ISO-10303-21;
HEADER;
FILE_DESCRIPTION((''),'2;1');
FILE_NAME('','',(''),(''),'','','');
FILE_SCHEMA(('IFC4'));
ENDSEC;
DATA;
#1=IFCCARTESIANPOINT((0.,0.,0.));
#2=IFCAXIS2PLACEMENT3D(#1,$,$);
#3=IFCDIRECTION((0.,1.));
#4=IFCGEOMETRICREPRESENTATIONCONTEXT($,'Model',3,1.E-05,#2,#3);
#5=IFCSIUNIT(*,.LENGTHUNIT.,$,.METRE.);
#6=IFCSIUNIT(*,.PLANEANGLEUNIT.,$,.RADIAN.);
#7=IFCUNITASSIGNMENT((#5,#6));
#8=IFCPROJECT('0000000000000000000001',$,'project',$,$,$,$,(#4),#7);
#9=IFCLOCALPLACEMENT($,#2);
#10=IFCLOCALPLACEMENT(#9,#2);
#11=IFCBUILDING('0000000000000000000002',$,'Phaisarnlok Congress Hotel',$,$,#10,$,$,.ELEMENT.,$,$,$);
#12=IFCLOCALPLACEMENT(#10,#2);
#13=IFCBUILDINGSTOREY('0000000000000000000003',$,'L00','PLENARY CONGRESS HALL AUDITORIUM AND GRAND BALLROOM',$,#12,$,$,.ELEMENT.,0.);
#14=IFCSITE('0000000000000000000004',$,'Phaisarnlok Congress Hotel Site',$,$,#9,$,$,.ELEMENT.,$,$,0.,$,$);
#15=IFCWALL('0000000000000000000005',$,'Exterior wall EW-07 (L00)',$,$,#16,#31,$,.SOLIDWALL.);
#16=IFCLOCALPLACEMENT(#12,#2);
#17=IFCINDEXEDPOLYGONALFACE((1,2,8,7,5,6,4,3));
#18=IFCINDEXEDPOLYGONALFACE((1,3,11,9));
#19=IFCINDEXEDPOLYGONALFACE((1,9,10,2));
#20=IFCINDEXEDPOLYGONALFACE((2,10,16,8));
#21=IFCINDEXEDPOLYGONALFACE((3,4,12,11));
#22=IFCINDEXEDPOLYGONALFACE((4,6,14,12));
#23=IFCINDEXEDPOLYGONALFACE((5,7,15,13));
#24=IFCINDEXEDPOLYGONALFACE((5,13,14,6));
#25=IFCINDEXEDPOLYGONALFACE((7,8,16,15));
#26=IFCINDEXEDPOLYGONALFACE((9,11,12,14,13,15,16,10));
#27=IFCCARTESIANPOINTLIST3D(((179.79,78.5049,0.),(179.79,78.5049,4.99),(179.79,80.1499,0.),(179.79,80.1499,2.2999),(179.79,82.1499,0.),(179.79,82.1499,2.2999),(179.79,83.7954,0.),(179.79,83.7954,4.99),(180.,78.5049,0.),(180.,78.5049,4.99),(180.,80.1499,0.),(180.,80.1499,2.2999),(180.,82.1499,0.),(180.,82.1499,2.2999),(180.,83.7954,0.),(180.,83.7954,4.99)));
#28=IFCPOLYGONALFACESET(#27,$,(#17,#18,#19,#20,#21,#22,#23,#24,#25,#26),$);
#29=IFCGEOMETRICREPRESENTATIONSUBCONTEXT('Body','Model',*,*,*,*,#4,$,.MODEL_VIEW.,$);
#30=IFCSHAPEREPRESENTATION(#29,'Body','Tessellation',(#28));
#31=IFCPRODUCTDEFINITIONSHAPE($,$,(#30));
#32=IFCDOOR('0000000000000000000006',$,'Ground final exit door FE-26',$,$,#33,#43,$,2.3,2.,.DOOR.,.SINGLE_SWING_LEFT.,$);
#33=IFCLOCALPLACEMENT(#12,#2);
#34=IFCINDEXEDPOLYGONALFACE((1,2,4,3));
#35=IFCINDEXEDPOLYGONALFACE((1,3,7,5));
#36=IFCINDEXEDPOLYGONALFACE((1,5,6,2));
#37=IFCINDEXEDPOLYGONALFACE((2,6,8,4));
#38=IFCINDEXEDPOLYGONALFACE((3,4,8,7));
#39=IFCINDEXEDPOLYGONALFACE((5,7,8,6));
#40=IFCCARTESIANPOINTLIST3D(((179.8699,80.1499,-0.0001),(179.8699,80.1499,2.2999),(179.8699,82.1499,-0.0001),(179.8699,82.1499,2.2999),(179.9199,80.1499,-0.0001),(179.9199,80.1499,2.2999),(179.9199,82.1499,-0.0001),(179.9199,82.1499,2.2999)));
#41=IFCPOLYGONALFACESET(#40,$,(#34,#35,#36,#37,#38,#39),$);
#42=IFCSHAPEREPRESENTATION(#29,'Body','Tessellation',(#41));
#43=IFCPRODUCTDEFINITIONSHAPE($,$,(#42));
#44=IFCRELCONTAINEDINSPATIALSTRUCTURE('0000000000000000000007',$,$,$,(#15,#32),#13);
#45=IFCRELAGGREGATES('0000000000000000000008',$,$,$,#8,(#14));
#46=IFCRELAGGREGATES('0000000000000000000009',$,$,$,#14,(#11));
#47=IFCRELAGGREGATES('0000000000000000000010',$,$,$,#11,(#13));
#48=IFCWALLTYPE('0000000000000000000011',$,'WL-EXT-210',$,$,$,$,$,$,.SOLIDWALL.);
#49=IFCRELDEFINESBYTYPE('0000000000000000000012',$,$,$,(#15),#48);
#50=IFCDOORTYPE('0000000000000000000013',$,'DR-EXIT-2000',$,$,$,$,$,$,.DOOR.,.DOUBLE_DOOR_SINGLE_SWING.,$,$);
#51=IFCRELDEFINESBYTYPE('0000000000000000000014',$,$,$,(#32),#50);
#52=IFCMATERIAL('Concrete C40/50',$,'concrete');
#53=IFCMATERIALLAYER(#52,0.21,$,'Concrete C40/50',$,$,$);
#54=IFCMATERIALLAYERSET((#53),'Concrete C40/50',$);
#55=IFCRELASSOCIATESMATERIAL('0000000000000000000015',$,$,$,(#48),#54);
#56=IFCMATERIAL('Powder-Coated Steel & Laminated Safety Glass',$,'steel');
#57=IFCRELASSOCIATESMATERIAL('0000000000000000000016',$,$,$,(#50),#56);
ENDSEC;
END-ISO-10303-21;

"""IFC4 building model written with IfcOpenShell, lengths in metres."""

from ifc_helpers import new_model, si_unit, direction, frame, frame_2d, origin, place, context, subcontext, project, spatial, rectangle, extrude, material, layer, layer_set, type_object, element, fill, save


model = new_model("IFC4")

# Units and contexts
model_context = context("Model", 3, precision=1e-05, world=origin(), true_north=direction((0.0, 1.0)))
body_context = subcontext(model_context, "Body", "Model", "MODEL_VIEW")
ifc_project = project(units=[si_unit("LENGTHUNIT", "METRE"), si_unit("PLANEANGLEUNIT", "RADIAN")], contexts=[model_context])

# Site, building, storey
site_placement = place(None, origin())
site = spatial("IfcSite", under=ifc_project, at=site_placement, Name="Phaisarnlok Congress Hotel Site", CompositionType="ELEMENT", RefElevation=0.0)
building_placement = place(site_placement, origin())
building = spatial("IfcBuilding", under=site, at=building_placement, Name="Phaisarnlok Congress Hotel", CompositionType="ELEMENT")
storey_placement = place(building_placement, origin())
storey = spatial("IfcBuildingStorey", under=building, at=storey_placement, Name="L00", Description="PLENARY CONGRESS HALL AUDITORIUM AND GRAND BALLROOM", CompositionType="ELEMENT", Elevation=0.0)

# Shared definitions
ifc_material_1 = material(Name="Concrete C40/50", Category="concrete")

# Wall, opening, door
ifc_layer_1 = layer(ifc_material_1, 0.21, Name="Concrete C40/50")
ifc_layer_set_1 = layer_set([ifc_layer_1], Name="Concrete C40/50")
wall_type = type_object("IfcWallType", Name="WL-EXT-210", PredefinedType="SOLIDWALL", material=ifc_layer_set_1)
wall_placement = place(storey_placement, frame((179.895, 78.5049, 0.0), z_axis=(0.0, 0.0, 1.0), x_axis=(0.0, 1.0, 0.0)))
wall = element("IfcWall", 1, at=wall_placement, inside=storey, type_object=wall_type, Name="Exterior wall EW-07 (L00)", PredefinedType="SOLIDWALL", context=body_context, shape_type="SweptSolid", body=[
    extrude(rectangle(XDim=5.2905, YDim=0.21, at=frame_2d((2.6453, 0.0))), origin(), (0.0, 0.0, 1.0), 4.99),
])
opening_placement = place(wall_placement, frame((1.645, 0.0, 0.0)))
opening = element("IfcOpeningElement", 2, at=opening_placement, cuts=wall, PredefinedType="OPENING", context=body_context, shape_type="SweptSolid", body=[
    extrude(rectangle(XDim=2.0, YDim=2.3, at=frame_2d((1.0, 1.1499))), frame((0.0, 0.115, 0.0), z_axis=(0.0, -1.0, 0.0), x_axis=(1.0, 0.0, 0.0)), (0.0, 0.0, 1.0), 0.23),
])
ifc_material_2 = material(Name="Powder-Coated Steel & Laminated Safety Glass", Category="steel")
door_type = type_object("IfcDoorType", Name="DR-EXIT-2000", OperationType="DOUBLE_DOOR_SINGLE_SWING", PredefinedType="DOOR", material=ifc_material_2)
door_placement = place(opening_placement, frame((2.0, 0.0, 0.0), z_axis=(0.0, 0.0, 1.0), x_axis=(-1.0, 0.0, 0.0)))
door = element("IfcDoor", 3, at=door_placement, inside=storey, type_object=door_type, Name="Ground final exit door FE-26", OperationType="SINGLE_SWING_LEFT", OverallHeight=2.3, OverallWidth=2.0, PredefinedType="DOOR", context=body_context, shape_type="SweptSolid", body=[
    extrude(rectangle(XDim=2.0, YDim=2.3, at=frame_2d((1.0, 1.1499))), frame((0.0, 0.0249, 0.0), z_axis=(0.0, -1.0, 0.0), x_axis=(1.0, 0.0, 0.0)), (0.0, 0.0, 1.0), 0.05),
])
fill(opening, door)

save(model, "model.ifc")
